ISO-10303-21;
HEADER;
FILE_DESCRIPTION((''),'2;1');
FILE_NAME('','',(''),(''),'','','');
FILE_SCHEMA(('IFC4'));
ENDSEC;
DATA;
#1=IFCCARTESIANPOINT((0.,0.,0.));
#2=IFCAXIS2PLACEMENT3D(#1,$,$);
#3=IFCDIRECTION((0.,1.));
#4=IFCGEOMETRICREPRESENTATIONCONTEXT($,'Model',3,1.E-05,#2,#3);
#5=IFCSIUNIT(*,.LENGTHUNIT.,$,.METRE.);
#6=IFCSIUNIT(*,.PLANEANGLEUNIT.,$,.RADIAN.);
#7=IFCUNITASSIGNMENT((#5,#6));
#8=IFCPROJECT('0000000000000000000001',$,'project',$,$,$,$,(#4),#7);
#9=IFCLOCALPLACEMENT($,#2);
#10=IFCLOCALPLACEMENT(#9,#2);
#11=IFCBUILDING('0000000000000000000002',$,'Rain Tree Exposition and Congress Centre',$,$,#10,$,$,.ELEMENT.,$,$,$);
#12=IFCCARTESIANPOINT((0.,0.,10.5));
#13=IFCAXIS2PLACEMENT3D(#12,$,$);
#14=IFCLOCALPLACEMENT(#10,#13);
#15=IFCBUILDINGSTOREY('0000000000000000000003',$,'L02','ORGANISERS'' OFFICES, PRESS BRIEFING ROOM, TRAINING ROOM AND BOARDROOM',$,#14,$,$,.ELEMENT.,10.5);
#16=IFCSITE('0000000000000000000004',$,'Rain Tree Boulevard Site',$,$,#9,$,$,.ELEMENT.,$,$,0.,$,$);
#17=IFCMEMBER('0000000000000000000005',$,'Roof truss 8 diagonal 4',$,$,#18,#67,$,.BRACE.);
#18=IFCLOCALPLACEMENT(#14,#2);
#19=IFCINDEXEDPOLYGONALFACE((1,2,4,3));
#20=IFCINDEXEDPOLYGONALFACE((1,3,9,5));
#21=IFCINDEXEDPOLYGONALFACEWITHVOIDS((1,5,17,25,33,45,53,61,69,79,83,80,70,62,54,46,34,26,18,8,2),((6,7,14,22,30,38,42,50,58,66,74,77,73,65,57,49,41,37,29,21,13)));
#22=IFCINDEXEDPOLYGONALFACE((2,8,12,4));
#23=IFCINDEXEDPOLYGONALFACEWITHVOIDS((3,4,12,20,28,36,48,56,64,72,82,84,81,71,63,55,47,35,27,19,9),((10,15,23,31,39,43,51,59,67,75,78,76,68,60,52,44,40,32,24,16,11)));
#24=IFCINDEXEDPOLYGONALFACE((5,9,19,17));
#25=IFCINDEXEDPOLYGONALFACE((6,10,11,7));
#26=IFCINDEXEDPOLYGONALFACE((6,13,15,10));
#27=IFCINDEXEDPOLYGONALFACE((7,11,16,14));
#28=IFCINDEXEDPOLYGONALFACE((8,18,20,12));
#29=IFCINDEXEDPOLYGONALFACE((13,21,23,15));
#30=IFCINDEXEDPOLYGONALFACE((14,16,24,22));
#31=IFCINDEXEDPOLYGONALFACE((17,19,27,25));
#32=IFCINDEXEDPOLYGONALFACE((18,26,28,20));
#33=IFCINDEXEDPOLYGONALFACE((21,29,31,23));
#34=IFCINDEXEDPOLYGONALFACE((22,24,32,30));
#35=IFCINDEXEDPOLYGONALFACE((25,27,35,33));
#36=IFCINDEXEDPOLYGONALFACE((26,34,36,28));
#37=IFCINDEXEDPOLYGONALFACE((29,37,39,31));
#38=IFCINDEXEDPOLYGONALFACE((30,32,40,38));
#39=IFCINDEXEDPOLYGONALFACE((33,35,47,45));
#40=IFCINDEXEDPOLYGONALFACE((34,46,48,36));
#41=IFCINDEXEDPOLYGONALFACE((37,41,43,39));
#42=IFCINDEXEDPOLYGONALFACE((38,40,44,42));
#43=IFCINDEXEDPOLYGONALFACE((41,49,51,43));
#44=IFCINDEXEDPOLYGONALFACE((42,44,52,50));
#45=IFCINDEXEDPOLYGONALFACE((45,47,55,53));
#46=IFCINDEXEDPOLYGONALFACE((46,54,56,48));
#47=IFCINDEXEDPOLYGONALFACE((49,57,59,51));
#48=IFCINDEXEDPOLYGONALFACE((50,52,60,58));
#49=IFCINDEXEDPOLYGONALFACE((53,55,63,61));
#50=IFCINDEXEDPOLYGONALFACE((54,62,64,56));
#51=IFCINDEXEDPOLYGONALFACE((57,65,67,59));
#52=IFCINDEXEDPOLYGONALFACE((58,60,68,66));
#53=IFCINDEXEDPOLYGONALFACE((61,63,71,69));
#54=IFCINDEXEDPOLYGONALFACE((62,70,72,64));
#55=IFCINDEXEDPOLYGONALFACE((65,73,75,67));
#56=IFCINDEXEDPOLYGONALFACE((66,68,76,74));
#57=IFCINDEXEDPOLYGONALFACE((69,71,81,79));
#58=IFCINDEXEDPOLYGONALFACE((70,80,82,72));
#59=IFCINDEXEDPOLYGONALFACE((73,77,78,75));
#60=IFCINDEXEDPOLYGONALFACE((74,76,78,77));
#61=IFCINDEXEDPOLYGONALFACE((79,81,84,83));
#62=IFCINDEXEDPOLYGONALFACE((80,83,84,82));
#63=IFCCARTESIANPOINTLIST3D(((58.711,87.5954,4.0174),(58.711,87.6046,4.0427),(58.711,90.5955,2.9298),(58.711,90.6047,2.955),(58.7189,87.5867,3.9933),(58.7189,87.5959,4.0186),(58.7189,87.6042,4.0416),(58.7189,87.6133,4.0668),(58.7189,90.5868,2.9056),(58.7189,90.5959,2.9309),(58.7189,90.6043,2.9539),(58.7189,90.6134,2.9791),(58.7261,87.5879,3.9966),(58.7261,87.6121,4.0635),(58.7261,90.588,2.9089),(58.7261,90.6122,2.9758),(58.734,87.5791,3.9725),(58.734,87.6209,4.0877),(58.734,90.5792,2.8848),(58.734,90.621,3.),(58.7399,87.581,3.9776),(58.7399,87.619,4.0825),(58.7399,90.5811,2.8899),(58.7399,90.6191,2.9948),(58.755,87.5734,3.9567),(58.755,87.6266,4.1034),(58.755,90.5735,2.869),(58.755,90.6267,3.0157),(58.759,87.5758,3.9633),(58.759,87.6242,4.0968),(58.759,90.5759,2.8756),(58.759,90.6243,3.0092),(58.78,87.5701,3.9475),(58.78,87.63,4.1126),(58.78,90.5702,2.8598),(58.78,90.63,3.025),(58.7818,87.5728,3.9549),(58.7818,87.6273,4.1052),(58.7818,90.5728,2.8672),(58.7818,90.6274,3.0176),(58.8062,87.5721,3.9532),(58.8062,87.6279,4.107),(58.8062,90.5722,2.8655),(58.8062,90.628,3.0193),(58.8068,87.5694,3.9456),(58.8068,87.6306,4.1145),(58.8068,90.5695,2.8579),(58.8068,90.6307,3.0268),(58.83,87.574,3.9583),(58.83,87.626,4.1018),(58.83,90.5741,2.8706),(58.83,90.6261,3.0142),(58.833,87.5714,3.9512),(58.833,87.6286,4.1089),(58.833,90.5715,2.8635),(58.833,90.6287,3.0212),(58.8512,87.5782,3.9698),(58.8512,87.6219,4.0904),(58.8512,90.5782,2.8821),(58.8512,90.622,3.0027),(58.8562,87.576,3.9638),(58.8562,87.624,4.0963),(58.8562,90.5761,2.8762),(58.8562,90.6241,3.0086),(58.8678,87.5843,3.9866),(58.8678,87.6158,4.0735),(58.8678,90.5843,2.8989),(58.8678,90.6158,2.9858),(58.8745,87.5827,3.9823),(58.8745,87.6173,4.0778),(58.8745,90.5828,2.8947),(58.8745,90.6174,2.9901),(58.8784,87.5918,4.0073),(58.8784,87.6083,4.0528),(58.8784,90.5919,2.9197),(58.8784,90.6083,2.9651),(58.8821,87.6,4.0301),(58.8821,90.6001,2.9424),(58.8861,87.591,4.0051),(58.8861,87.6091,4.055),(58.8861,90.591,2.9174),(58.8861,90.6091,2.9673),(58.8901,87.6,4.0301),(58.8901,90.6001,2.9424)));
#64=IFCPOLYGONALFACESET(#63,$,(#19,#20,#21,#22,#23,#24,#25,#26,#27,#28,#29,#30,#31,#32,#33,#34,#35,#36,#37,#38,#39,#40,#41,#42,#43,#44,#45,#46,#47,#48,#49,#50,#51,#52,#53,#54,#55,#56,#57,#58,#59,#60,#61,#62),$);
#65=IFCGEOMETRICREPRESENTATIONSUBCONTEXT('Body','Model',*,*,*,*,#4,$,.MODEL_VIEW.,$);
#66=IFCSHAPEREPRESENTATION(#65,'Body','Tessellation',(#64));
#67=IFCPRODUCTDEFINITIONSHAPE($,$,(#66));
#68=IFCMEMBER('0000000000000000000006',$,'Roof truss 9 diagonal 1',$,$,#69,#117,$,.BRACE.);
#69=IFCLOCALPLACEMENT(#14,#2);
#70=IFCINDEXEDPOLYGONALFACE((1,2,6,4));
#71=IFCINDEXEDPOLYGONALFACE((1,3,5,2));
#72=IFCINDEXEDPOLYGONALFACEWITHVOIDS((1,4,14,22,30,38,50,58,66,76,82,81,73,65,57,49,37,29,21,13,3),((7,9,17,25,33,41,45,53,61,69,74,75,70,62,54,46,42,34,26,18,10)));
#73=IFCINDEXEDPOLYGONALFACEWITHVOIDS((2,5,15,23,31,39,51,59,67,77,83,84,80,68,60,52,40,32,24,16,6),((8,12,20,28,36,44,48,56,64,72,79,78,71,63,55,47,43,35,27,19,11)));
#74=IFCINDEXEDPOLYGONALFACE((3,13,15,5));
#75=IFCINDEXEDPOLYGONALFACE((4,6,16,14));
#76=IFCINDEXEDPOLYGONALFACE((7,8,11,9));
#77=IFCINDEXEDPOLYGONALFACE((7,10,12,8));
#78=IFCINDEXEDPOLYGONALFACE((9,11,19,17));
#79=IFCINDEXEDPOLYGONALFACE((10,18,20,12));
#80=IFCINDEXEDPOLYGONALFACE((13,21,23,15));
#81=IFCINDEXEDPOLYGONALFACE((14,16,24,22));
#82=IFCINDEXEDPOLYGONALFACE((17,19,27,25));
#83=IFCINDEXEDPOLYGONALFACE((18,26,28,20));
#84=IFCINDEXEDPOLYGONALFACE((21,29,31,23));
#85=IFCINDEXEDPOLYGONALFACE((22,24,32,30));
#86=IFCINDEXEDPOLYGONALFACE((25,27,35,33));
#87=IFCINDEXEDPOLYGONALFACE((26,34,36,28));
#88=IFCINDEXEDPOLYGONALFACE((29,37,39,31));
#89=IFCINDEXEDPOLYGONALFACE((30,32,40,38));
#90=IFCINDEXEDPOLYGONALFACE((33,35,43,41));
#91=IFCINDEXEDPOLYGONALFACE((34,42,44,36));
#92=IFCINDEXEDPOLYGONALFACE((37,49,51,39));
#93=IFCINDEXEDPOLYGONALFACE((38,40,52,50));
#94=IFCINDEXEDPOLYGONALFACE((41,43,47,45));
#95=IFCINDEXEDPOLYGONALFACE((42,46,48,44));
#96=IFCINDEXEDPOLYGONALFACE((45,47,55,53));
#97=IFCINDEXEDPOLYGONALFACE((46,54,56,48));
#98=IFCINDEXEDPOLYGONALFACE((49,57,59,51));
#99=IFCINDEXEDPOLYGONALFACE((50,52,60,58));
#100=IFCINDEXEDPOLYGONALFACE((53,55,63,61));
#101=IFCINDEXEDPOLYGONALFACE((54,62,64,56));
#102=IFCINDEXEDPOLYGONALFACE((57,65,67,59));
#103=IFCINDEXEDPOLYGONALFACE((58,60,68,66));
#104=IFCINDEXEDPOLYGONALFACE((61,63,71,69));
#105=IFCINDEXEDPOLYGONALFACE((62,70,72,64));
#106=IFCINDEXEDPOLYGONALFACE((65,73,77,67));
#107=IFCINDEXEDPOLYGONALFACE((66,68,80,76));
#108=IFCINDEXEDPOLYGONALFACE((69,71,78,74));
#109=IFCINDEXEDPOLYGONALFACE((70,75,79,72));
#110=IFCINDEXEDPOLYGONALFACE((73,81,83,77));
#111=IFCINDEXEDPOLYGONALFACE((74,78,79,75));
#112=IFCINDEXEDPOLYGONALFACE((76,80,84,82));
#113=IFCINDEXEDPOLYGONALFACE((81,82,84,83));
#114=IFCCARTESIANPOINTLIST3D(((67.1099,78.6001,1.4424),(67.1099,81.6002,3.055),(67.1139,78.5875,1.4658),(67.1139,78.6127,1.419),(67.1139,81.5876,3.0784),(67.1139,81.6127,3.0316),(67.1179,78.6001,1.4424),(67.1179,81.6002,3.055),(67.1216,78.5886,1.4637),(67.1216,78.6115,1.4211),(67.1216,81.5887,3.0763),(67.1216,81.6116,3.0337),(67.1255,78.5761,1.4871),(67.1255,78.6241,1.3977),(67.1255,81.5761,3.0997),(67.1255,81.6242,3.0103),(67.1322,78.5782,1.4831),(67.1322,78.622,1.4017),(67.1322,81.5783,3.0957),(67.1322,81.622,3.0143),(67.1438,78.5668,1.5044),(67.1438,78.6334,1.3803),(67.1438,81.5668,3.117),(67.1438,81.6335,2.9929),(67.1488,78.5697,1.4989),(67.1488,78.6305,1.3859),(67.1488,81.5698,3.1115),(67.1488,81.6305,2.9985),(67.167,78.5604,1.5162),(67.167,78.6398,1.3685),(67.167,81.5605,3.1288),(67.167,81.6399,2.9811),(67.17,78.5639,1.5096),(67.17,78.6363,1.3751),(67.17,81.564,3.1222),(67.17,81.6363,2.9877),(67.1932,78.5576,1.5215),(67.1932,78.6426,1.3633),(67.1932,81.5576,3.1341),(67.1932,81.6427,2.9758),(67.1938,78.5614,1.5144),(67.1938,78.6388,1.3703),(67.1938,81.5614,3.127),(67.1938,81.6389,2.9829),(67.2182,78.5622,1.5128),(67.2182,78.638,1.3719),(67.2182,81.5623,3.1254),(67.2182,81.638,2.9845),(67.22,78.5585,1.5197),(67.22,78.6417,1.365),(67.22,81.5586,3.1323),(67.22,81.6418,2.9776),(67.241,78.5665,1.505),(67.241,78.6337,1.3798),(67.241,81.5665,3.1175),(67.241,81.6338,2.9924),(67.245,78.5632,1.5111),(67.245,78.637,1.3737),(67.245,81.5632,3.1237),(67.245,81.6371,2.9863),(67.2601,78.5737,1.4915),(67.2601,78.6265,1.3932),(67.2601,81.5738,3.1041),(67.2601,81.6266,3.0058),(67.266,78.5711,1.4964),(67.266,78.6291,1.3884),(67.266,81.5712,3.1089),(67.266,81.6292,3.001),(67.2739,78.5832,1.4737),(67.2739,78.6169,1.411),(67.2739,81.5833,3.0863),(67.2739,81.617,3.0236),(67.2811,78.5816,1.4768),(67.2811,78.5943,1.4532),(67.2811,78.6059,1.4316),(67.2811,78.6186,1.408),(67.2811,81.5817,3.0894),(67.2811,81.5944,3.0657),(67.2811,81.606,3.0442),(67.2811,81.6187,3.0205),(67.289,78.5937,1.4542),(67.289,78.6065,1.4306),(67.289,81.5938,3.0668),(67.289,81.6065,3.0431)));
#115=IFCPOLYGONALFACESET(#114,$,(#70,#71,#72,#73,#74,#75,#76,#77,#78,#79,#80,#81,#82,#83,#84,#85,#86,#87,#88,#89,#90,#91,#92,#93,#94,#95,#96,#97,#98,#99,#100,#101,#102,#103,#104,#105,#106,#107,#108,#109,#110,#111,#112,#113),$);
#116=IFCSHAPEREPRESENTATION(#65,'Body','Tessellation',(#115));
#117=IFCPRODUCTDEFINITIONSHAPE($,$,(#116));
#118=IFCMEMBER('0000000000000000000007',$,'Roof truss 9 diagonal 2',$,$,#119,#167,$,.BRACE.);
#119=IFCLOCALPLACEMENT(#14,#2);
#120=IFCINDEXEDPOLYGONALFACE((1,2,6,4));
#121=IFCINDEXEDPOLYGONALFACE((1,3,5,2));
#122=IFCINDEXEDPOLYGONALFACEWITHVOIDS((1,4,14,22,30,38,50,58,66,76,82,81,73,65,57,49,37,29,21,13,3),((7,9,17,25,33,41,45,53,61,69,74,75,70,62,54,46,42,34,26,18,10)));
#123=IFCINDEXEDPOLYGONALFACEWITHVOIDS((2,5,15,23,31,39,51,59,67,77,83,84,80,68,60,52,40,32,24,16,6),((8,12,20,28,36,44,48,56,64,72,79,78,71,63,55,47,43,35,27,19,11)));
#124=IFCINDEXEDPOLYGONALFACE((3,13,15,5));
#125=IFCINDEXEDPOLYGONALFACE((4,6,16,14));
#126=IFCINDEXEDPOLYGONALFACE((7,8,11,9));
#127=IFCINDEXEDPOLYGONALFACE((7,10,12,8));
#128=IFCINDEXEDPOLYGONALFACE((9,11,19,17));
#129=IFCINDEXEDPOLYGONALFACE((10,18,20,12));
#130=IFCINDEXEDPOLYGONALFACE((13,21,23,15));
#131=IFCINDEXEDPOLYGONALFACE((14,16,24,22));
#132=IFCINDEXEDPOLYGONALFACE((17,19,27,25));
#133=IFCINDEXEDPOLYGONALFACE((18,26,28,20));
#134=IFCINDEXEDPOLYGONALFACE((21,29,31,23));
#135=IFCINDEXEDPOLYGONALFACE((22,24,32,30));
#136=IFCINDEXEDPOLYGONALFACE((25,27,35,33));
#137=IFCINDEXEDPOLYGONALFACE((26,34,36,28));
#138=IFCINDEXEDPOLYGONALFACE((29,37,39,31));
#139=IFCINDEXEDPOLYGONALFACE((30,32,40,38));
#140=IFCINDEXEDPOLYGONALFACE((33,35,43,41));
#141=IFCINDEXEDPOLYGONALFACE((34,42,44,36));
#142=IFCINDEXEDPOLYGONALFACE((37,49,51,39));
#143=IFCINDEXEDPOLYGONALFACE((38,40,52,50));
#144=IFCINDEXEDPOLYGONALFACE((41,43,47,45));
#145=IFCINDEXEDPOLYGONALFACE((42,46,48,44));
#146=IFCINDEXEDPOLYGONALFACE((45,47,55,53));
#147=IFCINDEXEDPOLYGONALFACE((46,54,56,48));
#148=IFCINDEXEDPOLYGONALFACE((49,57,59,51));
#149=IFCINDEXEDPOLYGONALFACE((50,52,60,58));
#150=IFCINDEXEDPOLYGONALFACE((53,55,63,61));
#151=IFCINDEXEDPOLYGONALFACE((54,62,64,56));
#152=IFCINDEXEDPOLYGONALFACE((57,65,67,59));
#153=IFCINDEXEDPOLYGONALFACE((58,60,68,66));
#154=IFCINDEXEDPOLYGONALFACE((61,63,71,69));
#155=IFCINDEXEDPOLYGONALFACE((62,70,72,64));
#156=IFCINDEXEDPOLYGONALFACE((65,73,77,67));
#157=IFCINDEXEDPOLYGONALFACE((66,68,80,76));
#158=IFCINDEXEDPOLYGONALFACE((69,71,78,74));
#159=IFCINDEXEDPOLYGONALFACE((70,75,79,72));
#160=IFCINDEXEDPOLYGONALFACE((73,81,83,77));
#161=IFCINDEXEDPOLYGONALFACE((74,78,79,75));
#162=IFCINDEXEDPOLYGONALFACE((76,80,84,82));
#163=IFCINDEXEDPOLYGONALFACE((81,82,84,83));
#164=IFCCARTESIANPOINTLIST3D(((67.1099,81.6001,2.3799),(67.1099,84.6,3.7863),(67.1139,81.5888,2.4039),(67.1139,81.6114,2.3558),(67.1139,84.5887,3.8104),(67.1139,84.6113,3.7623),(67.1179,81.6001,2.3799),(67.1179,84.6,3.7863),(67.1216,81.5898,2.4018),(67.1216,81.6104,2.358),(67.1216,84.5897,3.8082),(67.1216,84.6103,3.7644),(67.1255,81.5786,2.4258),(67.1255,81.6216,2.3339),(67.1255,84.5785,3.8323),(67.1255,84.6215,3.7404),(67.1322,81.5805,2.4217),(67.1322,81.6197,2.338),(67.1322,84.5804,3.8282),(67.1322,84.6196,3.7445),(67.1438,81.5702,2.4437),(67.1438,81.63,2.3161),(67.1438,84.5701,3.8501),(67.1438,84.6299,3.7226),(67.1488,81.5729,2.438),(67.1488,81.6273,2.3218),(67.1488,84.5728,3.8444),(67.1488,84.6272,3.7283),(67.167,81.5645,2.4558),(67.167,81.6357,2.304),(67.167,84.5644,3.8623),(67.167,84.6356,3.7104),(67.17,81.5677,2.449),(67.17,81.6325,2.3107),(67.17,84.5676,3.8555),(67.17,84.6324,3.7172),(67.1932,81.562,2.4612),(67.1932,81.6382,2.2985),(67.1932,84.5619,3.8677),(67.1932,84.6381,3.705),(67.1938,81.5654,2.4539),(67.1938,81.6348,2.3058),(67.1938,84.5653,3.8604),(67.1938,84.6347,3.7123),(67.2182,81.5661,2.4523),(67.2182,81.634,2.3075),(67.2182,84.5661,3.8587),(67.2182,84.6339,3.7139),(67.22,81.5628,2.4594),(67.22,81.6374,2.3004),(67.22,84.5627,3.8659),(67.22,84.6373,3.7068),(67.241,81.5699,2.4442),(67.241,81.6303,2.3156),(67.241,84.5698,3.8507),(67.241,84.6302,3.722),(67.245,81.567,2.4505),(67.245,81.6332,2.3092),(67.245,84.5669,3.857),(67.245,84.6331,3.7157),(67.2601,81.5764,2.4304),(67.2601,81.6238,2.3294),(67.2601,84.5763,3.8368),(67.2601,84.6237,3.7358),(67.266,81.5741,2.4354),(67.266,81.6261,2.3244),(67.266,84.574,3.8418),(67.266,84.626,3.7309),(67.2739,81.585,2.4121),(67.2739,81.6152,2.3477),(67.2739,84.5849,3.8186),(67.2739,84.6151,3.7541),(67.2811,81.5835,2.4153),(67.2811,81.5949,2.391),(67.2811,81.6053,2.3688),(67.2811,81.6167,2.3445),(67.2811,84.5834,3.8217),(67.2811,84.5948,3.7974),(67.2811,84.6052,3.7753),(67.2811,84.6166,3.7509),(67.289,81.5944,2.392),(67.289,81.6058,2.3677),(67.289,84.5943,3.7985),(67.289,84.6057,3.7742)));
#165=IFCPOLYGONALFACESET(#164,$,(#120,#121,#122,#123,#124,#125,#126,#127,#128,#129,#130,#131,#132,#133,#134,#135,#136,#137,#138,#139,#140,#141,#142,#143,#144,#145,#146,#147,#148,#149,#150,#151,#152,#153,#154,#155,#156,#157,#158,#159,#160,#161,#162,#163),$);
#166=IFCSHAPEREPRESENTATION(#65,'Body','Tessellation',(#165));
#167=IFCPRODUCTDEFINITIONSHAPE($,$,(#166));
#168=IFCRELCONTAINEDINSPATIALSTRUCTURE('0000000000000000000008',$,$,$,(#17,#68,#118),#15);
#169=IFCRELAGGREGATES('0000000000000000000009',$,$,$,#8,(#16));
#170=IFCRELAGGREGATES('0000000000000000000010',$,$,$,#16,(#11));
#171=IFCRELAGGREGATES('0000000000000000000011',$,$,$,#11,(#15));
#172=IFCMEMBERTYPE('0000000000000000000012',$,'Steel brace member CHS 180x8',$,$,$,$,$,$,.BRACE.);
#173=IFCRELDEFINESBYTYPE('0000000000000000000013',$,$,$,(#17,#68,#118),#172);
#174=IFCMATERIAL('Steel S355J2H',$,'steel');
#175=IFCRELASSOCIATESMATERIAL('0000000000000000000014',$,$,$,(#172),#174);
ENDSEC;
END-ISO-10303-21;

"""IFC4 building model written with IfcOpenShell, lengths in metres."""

from ifc_helpers import new_model, si_unit, direction, frame, origin, origin_2d, place, context, subcontext, project, spatial, hollow_circle, extrude, material, material_profile, profile_set, type_object, element, save


model = new_model("IFC4")

# Units and contexts
model_context = context("Model", 3, precision=1e-05, world=origin(), true_north=direction((0.0, 1.0)))
body_context = subcontext(model_context, "Body", "Model", "MODEL_VIEW")
ifc_project = project(units=[si_unit("LENGTHUNIT", "METRE"), si_unit("PLANEANGLEUNIT", "RADIAN")], contexts=[model_context])

# Site, building, storey
site_placement = place(None, origin())
site = spatial("IfcSite", under=ifc_project, at=site_placement, Name="Rain Tree Boulevard Site", CompositionType="ELEMENT", RefElevation=0.0)
building_placement = place(site_placement, origin())
building = spatial("IfcBuilding", under=site, at=building_placement, Name="Rain Tree Exposition and Congress Centre", CompositionType="ELEMENT")
storey_placement = place(building_placement, frame((0.0, 0.0, 10.5)))
storey = spatial("IfcBuildingStorey", under=building, at=storey_placement, Name="L02", Description="ORGANISERS' OFFICES, PRESS BRIEFING ROOM, TRAINING ROOM AND BOARDROOM", CompositionType="ELEMENT", Elevation=10.5)

# Members
ifc_material_1 = material(Name="Steel S355J2H", Category="steel")
ifc_material_profile_1 = material_profile(ifc_material_1, hollow_circle(Radius=0.0901, WallThickness=0.0081, at=origin_2d()), Name="CHS 180x8")
ifc_profile_set_1 = profile_set([ifc_material_profile_1], Name="Steel S355J2H")
member_type_1 = type_object("IfcMemberType", Name="Steel brace member CHS 180x8", PredefinedType="BRACE", material=ifc_profile_set_1)
member_1_placement = place(storey_placement, frame((58.8, 90.6001, 2.9424), z_axis=(0.0, -0.940121, 0.34084), x_axis=(1.0, 0.0, 0.0)))
element("IfcMember", 1, at=member_1_placement, inside=storey, type_object=member_type_1, Name="Roof truss 8 diagonal 4", PredefinedType="BRACE", context=body_context, shape_type="SweptSolid", body=[
    extrude(hollow_circle(Radius=0.0901, WallThickness=0.0081, at=origin_2d()), origin(), (0.0, 0.0, 1.0), 3.1912),
])
member_2_placement = place(storey_placement, frame((67.2, 78.6001, 1.4424), z_axis=(0.0, 0.880818, 0.473454), x_axis=(-1.0, 0.0, 0.0)))
element("IfcMember", 2, at=member_2_placement, inside=storey, type_object=member_type_1, Name="Roof truss 9 diagonal 1", PredefinedType="BRACE", context=body_context, shape_type="SweptSolid", body=[
    extrude(hollow_circle(Radius=0.0901, WallThickness=0.0081, at=origin_2d()), origin(), (0.0, 0.0, 1.0), 3.406),
])
member_3_placement = place(storey_placement, frame((67.2, 81.6001, 2.3799), z_axis=(0.0, 0.905431, 0.424494), x_axis=(-1.0, 0.0, 0.0)))
element("IfcMember", 3, at=member_3_placement, inside=storey, type_object=member_type_1, Name="Roof truss 9 diagonal 2", PredefinedType="BRACE", context=body_context, shape_type="SweptSolid", body=[
    extrude(hollow_circle(Radius=0.0901, WallThickness=0.0081, at=origin_2d()), origin(), (0.0, 0.0, 1.0), 3.3132),
])

save(model, "model.ifc")
